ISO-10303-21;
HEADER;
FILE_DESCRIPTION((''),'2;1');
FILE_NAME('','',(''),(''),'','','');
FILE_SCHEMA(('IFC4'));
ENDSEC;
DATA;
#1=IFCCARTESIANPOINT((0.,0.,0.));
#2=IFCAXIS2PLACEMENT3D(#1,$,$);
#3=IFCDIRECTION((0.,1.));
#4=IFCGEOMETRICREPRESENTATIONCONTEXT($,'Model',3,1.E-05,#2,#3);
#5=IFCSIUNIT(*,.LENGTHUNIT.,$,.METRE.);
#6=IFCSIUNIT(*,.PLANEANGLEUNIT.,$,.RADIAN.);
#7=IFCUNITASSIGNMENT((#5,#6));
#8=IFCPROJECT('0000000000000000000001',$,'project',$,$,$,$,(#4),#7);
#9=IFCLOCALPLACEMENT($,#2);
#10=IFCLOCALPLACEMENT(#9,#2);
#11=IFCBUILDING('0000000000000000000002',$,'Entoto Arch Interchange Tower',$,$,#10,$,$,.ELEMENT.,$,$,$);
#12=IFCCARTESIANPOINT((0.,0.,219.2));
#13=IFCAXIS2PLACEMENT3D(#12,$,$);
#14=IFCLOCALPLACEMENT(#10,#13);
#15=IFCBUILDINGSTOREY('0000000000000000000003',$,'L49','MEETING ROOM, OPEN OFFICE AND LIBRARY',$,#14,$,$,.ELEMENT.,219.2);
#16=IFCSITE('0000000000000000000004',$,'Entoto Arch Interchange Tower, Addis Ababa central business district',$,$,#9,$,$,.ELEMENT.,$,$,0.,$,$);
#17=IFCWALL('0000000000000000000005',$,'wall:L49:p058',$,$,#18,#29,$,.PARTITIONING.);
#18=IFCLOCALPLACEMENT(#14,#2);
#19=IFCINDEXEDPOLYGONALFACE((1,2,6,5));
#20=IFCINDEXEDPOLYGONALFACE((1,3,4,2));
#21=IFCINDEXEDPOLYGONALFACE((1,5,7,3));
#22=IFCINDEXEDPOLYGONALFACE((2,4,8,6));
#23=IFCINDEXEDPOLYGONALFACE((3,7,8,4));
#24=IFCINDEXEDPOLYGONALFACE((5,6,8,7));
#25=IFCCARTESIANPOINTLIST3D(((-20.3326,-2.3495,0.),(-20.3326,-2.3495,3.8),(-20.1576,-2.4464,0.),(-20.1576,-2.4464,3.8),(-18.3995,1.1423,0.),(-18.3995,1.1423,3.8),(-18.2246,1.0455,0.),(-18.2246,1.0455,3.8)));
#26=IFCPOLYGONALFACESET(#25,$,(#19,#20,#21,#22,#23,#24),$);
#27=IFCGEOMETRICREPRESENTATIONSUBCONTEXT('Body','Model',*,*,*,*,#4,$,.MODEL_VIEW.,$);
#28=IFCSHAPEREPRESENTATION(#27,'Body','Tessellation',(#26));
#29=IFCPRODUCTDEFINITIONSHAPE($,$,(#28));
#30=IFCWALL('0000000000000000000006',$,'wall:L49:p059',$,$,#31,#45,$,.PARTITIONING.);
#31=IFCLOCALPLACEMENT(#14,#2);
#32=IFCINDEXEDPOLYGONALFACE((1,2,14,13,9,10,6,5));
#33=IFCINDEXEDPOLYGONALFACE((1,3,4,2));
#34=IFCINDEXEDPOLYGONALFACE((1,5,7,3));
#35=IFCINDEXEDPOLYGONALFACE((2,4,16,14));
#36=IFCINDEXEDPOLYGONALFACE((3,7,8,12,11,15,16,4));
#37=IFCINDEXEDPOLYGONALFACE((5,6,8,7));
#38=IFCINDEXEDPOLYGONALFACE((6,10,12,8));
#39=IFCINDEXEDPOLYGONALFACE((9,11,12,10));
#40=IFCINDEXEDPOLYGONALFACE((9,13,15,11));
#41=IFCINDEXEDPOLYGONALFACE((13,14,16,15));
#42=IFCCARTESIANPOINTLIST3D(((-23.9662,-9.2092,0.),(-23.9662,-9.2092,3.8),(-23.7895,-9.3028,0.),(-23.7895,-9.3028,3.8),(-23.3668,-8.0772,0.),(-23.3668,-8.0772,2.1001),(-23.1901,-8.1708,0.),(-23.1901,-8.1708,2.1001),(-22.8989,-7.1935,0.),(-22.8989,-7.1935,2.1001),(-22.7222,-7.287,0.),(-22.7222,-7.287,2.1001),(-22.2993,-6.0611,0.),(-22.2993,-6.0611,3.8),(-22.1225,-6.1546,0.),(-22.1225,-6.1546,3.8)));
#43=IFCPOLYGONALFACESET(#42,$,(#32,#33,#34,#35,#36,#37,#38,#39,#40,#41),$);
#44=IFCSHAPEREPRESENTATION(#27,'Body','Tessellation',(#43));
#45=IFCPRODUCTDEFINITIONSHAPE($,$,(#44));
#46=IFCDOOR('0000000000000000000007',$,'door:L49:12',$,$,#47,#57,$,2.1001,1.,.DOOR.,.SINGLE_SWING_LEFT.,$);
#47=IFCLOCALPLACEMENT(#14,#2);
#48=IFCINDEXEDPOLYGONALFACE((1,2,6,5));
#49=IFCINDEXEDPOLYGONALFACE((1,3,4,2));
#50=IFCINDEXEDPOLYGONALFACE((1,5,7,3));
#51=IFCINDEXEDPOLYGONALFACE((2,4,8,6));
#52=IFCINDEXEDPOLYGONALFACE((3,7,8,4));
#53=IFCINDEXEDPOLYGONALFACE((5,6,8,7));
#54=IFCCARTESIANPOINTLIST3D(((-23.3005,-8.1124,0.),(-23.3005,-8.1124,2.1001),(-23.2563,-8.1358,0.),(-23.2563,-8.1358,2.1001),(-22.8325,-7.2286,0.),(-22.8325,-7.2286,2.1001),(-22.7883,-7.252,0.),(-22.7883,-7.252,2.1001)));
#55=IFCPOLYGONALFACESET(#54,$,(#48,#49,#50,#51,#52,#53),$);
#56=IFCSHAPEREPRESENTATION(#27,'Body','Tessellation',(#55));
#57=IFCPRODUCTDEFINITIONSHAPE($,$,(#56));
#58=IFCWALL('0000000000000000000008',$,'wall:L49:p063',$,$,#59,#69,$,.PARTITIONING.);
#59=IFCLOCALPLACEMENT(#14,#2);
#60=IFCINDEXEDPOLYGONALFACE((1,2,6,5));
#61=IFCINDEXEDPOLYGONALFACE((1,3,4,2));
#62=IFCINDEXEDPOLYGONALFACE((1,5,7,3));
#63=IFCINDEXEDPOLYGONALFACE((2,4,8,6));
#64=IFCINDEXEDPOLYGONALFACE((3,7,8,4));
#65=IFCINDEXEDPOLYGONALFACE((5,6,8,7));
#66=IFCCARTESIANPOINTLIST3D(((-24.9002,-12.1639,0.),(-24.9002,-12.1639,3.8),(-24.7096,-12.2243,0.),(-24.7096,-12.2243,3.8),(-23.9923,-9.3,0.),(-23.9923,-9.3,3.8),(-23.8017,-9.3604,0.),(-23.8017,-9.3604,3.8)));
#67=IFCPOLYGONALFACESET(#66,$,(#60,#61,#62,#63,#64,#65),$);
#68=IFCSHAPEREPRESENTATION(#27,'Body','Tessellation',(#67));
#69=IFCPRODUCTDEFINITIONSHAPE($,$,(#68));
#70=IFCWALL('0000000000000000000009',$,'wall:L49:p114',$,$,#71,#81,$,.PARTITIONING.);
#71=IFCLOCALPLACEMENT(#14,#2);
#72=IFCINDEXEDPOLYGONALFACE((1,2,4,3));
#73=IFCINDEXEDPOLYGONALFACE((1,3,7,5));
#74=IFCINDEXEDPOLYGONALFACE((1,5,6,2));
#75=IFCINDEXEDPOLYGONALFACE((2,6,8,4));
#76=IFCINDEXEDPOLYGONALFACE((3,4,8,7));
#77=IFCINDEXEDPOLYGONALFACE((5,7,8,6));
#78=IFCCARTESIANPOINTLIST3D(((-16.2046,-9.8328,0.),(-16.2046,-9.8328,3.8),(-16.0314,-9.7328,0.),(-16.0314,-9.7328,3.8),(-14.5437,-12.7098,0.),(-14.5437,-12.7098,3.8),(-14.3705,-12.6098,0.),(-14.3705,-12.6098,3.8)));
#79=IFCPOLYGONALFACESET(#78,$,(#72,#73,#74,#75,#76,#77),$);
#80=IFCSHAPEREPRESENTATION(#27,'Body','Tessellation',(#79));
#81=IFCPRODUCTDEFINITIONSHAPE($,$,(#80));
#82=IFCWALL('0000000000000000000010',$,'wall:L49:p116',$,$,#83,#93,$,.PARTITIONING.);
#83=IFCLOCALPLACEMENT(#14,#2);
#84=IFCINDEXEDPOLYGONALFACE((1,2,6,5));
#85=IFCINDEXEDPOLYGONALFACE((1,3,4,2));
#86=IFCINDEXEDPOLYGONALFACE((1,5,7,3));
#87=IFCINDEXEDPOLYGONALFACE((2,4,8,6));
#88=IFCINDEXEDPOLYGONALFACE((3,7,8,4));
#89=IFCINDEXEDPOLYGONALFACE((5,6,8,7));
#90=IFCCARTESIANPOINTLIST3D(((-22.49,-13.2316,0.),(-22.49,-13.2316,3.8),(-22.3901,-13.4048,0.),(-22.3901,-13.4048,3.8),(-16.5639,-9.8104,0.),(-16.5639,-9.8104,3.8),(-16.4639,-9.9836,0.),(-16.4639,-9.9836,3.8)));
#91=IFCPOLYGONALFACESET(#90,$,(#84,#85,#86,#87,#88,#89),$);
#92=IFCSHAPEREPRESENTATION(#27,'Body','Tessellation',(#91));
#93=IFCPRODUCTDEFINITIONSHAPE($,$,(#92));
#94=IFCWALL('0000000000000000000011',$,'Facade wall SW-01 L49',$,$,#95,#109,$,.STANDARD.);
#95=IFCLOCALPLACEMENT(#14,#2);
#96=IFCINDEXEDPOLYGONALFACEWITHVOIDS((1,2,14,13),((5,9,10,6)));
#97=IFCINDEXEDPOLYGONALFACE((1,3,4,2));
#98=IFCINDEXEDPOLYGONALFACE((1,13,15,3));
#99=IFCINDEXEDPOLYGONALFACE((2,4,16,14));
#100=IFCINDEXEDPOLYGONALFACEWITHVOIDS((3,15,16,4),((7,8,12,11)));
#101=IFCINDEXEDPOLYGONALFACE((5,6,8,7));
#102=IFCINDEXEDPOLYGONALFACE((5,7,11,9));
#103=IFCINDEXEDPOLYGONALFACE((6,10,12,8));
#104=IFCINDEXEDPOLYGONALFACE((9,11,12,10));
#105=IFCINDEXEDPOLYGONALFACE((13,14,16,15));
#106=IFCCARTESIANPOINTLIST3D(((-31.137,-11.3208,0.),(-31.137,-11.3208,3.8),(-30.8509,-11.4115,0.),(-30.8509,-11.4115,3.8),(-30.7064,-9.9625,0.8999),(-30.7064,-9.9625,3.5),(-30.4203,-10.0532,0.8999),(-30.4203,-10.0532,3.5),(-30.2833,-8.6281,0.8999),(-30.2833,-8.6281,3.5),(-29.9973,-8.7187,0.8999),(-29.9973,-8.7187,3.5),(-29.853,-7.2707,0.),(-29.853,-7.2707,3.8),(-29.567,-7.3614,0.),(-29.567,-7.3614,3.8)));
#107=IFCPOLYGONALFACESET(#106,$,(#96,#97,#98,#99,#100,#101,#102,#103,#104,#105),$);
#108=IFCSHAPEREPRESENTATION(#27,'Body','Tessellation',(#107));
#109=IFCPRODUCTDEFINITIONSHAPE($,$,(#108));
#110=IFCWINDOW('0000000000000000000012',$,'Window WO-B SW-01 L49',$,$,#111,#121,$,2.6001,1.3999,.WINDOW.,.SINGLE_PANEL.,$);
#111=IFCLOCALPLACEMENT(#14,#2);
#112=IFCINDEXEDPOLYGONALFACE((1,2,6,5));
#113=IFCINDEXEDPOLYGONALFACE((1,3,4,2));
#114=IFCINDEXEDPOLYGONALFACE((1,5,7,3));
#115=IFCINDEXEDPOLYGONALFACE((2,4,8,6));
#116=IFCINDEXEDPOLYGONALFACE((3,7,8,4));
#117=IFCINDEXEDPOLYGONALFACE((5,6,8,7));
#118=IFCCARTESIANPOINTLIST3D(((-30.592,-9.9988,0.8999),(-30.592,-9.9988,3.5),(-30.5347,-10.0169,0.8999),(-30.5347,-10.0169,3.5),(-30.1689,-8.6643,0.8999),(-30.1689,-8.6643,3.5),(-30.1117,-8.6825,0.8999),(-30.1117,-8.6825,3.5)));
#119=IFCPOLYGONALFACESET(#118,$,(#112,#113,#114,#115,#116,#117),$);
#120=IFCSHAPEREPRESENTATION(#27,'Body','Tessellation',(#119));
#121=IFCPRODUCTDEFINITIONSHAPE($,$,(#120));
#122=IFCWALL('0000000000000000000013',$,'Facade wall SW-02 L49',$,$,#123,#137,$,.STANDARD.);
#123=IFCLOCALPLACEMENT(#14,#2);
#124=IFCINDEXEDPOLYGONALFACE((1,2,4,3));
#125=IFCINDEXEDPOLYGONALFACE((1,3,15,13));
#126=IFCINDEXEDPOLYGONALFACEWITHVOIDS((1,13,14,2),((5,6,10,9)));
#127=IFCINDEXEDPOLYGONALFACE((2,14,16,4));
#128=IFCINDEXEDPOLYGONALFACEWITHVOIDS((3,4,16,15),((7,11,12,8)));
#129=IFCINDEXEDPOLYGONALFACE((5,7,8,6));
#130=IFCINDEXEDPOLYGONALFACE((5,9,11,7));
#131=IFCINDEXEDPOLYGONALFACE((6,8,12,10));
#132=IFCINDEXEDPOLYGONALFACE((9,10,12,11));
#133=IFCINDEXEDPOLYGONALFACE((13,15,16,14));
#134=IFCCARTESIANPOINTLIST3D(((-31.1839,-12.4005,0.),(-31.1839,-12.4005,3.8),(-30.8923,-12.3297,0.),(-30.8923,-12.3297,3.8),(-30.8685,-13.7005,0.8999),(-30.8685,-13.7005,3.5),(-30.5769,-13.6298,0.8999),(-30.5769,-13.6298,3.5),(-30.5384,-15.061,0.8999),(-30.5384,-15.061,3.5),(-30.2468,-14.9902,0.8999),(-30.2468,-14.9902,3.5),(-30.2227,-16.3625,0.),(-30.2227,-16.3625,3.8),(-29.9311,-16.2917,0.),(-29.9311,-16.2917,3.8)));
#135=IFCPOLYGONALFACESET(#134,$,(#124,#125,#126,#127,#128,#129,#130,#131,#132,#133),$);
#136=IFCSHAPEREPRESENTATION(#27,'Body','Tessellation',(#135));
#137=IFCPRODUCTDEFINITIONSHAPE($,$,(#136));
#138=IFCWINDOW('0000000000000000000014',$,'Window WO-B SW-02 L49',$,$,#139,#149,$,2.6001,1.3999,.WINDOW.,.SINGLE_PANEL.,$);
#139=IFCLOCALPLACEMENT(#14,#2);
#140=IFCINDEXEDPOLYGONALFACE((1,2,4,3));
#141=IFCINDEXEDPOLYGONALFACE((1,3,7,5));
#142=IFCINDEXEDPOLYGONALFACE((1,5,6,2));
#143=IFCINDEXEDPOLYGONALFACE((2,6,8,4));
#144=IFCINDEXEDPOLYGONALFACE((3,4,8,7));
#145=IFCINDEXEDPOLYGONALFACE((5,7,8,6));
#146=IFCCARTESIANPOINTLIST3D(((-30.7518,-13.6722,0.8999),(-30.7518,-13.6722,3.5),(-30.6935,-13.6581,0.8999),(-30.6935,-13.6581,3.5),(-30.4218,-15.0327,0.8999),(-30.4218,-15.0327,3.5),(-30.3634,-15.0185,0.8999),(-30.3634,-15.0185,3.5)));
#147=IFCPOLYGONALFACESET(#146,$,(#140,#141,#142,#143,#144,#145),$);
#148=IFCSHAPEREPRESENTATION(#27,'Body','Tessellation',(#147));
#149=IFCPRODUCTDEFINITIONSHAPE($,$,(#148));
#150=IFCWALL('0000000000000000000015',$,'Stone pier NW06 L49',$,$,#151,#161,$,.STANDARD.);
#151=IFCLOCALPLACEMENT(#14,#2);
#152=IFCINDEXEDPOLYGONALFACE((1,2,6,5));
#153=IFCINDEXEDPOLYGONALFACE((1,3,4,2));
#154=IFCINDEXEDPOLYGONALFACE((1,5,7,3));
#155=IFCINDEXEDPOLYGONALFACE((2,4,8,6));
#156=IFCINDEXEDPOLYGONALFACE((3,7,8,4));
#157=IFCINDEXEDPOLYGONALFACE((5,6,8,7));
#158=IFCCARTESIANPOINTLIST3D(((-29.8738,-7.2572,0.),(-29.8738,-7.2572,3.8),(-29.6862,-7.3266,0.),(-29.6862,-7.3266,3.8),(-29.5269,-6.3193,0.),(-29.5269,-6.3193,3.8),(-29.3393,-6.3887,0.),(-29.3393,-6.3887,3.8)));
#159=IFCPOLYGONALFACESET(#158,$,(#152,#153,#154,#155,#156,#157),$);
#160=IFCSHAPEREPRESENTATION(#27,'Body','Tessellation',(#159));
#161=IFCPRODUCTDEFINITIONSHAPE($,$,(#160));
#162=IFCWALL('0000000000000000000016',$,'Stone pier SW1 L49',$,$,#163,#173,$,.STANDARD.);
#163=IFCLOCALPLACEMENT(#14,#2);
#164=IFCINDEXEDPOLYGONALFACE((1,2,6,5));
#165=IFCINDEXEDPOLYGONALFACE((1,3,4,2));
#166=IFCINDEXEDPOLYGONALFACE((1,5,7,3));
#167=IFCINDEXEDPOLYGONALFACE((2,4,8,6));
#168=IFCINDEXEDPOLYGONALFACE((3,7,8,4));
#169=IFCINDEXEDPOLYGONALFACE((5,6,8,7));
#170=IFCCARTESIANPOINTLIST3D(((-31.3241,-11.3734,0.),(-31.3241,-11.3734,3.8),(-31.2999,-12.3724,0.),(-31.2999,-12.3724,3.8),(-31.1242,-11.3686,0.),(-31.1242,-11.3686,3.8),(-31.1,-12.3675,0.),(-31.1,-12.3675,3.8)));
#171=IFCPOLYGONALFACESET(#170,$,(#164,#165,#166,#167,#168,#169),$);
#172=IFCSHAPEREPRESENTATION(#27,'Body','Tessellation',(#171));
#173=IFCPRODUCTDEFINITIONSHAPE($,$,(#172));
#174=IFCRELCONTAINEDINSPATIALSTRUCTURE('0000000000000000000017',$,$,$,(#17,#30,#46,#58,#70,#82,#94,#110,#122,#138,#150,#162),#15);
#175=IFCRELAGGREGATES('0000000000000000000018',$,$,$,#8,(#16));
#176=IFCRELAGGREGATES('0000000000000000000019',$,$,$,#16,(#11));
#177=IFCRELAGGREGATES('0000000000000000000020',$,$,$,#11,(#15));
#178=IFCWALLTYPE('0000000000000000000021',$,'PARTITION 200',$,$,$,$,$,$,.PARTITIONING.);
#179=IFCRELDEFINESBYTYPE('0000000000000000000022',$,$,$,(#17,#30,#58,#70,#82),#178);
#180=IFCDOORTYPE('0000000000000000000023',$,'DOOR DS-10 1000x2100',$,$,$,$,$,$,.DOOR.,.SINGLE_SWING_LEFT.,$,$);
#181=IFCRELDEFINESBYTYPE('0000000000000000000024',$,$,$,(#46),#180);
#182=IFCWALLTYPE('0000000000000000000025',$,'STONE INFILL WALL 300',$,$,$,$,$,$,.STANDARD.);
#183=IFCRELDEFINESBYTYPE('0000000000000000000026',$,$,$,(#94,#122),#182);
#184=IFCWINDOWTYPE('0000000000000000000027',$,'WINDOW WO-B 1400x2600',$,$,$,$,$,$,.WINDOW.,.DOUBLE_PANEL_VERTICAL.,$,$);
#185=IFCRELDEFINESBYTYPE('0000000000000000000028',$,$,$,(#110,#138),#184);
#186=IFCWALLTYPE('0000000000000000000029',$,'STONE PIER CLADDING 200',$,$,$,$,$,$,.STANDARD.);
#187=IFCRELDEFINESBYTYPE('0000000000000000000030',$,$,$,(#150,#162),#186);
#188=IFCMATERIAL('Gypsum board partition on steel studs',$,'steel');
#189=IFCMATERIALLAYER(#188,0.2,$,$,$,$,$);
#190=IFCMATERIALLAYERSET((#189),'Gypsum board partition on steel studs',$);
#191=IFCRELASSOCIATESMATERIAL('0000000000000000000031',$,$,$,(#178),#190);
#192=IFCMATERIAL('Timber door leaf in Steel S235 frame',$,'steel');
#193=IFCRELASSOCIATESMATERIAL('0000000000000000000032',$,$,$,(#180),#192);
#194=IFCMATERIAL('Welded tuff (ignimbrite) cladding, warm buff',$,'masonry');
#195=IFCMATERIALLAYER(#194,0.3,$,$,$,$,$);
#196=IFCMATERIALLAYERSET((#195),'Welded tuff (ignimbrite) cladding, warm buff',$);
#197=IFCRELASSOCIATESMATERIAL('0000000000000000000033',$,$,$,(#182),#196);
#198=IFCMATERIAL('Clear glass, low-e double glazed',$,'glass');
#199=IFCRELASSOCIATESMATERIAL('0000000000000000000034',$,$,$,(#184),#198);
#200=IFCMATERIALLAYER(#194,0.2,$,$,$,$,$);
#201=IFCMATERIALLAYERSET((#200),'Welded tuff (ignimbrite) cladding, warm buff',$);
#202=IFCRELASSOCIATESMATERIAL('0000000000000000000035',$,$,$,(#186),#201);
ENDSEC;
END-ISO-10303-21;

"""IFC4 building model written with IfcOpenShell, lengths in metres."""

from ifc_helpers import new_model, si_unit, direction, frame, frame_2d, origin, place, context, subcontext, project, spatial, rectangle, extrude, material, layer, layer_set, type_object, element, fill, save


model = new_model("IFC4")

# Units and contexts
model_context = context("Model", 3, precision=1e-05, world=origin(), true_north=direction((0.0, 1.0)))
body_context = subcontext(model_context, "Body", "Model", "MODEL_VIEW")
ifc_project = project(units=[si_unit("LENGTHUNIT", "METRE"), si_unit("PLANEANGLEUNIT", "RADIAN")], contexts=[model_context])

# Site, building, storey
site_placement = place(None, origin())
site = spatial("IfcSite", under=ifc_project, at=site_placement, Name="Entoto Arch Interchange Tower, Addis Ababa central business district", CompositionType="ELEMENT", RefElevation=0.0)
building_placement = place(site_placement, origin())
building = spatial("IfcBuilding", under=site, at=building_placement, Name="Entoto Arch Interchange Tower", CompositionType="ELEMENT")
storey_placement = place(building_placement, frame((0.0, 0.0, 219.2)))
storey = spatial("IfcBuildingStorey", under=building, at=storey_placement, Name="L49", Description="MEETING ROOM, OPEN OFFICE AND LIBRARY", CompositionType="ELEMENT", Elevation=219.2)

# Shared definitions
ifc_material_1 = material(Name="Gypsum board partition on steel studs", Category="steel")
ifc_layer_1 = layer(ifc_material_1, 0.2)
ifc_layer_set_1 = layer_set([ifc_layer_1], Name="Gypsum board partition on steel studs")
wall_type_1 = type_object("IfcWallType", Name="PARTITION 200", PredefinedType="PARTITIONING", material=ifc_layer_set_1)

# Shared definitions
ifc_material_2 = material(Name="Timber door leaf in Steel S235 frame", Category="steel")
door_type = type_object("IfcDoorType", Name="DOOR DS-10 1000x2100", OperationType="SINGLE_SWING_LEFT", PredefinedType="DOOR", material=ifc_material_2)

# Wall
wall_1_placement = place(storey_placement, frame((-20.2451, -2.3979, 0.0), z_axis=(0.0, 0.0, 1.0), x_axis=(0.484328, 0.874886, 0.0)))
element("IfcWall", 1, at=wall_1_placement, inside=storey, type_object=wall_type_1, Name="wall:L49:p058", PredefinedType="PARTITIONING", context=body_context, shape_type="SweptSolid", body=[
    extrude(rectangle(XDim=3.9912, YDim=0.2, at=frame_2d((1.9956, 0.0))), origin(), (0.0, 0.0, 1.0), 3.8),
])

# Wall, opening, door
wall_2_placement = place(storey_placement, frame((-23.8779, -9.2561, 0.0), z_axis=(0.0, 0.0, 1.0), x_axis=(0.467954, 0.883753, 0.0)))
wall_2 = element("IfcWall", 2, at=wall_2_placement, inside=storey, type_object=wall_type_1, Name="wall:L49:p059", PredefinedType="PARTITIONING", context=body_context, shape_type="SweptSolid", body=[
    extrude(rectangle(XDim=3.5623, YDim=0.2, at=frame_2d((1.7812, 0.0))), origin(), (0.0, 0.0, 1.0), 3.8),
])
opening_1_placement = place(wall_2_placement, frame((1.281, 0.0, 0.0)))
opening_1 = element("IfcOpeningElement", 3, at=opening_1_placement, cuts=wall_2, PredefinedType="OPENING", context=body_context, shape_type="SweptSolid", body=[
    extrude(rectangle(XDim=1.0, YDim=2.1001, at=frame_2d((0.5, 1.05))), frame((0.0, 0.1099, 0.0), z_axis=(0.0, -1.0, 0.0), x_axis=(1.0, 0.0, 0.0)), (0.0, 0.0, 1.0), 0.22),
])
door_1_placement = place(opening_1_placement, origin())
door_1 = element("IfcDoor", 4, at=door_1_placement, inside=storey, type_object=door_type, Name="door:L49:12", OperationType="SINGLE_SWING_LEFT", OverallHeight=2.1001, OverallWidth=1.0, PredefinedType="DOOR", context=body_context, shape_type="SweptSolid", body=[
    extrude(rectangle(XDim=1.0, YDim=2.1001, at=frame_2d((0.5, 1.05))), frame((0.0, 0.0249, 0.0), z_axis=(0.0, -1.0, 0.0), x_axis=(1.0, 0.0, 0.0)), (0.0, 0.0, 1.0), 0.05),
])
fill(opening_1, door_1)

# Walls
wall_3_placement = place(storey_placement, frame((-24.8049, -12.1941, 0.0), z_axis=(0.0, 0.0, 1.0), x_axis=(0.302201, 0.953244, 0.0)))
element("IfcWall", 5, at=wall_3_placement, inside=storey, type_object=wall_type_1, Name="wall:L49:p063", PredefinedType="PARTITIONING", context=body_context, shape_type="SweptSolid", body=[
    extrude(rectangle(XDim=3.0044, YDim=0.2, at=frame_2d((1.5022, 0.0))), origin(), (0.0, 0.0, 1.0), 3.8),
])
wall_4_placement = place(storey_placement, frame((-14.457, -12.6599, 0.0), z_axis=(0.0, 0.0, 1.0), x_axis=(-0.499973, 0.866041, 0.0)))
element("IfcWall", 6, at=wall_4_placement, inside=storey, type_object=wall_type_1, Name="wall:L49:p114", PredefinedType="PARTITIONING", context=body_context, shape_type="SweptSolid", body=[
    extrude(rectangle(XDim=3.322, YDim=0.2, at=frame_2d((1.6611, 0.0))), origin(), (0.0, 0.0, 1.0), 3.8),
])
wall_5_placement = place(storey_placement, frame((-16.5139, -9.897, 0.0), z_axis=(0.0, 0.0, 1.0), x_axis=(-0.866041, -0.499973, 0.0)))
element("IfcWall", 7, at=wall_5_placement, inside=storey, type_object=wall_type_1, Name="wall:L49:p116", PredefinedType="PARTITIONING", context=body_context, shape_type="SweptSolid", body=[
    extrude(rectangle(XDim=6.8428, YDim=0.2, at=frame_2d((3.4214, 0.0))), origin(), (0.0, 0.0, 1.0), 3.8),
])

# Walls, openings, windows
ifc_material_3 = material(Name="Welded tuff (ignimbrite) cladding, warm buff", Category="masonry")
ifc_layer_2 = layer(ifc_material_3, 0.3)
ifc_layer_set_2 = layer_set([ifc_layer_2], Name="Welded tuff (ignimbrite) cladding, warm buff")
wall_type_2 = type_object("IfcWallType", Name="STONE INFILL WALL 300", PredefinedType="STANDARD", material=ifc_layer_set_2)
wall_6_placement = place(storey_placement, frame((-29.71, -7.3159, 0.0), z_axis=(0.0, 0.0, 1.0), x_axis=(-0.302195, -0.953246, 0.0)))
wall_6 = element("IfcWall", 8, at=wall_6_placement, inside=storey, type_object=wall_type_2, Name="Facade wall SW-01 L49", PredefinedType="STANDARD", context=body_context, shape_type="SweptSolid", body=[
    extrude(rectangle(XDim=4.2488, YDim=0.3, at=frame_2d((2.1245, 0.0))), origin(), (0.0, 0.0, 1.0), 3.8),
])
opening_2_placement = place(wall_6_placement, frame((1.4241, 0.0, 0.8999)))
opening_2 = element("IfcOpeningElement", 9, at=opening_2_placement, cuts=wall_6, PredefinedType="OPENING", context=body_context, shape_type="SweptSolid", body=[
    extrude(rectangle(XDim=1.3999, YDim=2.6001, at=frame_2d((0.7, 1.3))), frame((0.0, 0.1602, 0.0), z_axis=(0.0, -1.0, 0.0), x_axis=(1.0, 0.0, 0.0)), (0.0, 0.0, 1.0), 0.3201),
])
ifc_material_4 = material(Name="Clear glass, low-e double glazed", Category="glass")
window_type = type_object("IfcWindowType", Name="WINDOW WO-B 1400x2600", PartitioningType="DOUBLE_PANEL_VERTICAL", PredefinedType="WINDOW", material=ifc_material_4)
window_1_placement = place(opening_2_placement, origin())
window_1 = element("IfcWindow", 10, at=window_1_placement, inside=storey, type_object=window_type, Name="Window WO-B SW-01 L49", OverallHeight=2.6001, OverallWidth=1.3999, PartitioningType="SINGLE_PANEL", PredefinedType="WINDOW", context=body_context, shape_type="SweptSolid", body=[
    extrude(rectangle(XDim=1.3999, YDim=2.6001, at=frame_2d((0.7, 1.3))), frame((0.0, 0.03, 0.0), z_axis=(0.0, -1.0, 0.0), x_axis=(1.0, 0.0, 0.0)), (0.0, 0.0, 1.0), 0.0601),
])
fill(opening_2, window_1)
wall_7_placement = place(storey_placement, frame((-31.0381, -12.365, 0.0), z_axis=(0.0, 0.0, 1.0), x_axis=(0.235766, -0.97181, 0.0)))
wall_7 = element("IfcWall", 11, at=wall_7_placement, inside=storey, type_object=wall_type_2, Name="Facade wall SW-02 L49", PredefinedType="STANDARD", context=body_context, shape_type="SweptSolid", body=[
    extrude(rectangle(XDim=4.0769, YDim=0.3, at=frame_2d((2.0386, 0.0))), origin(), (0.0, 0.0, 1.0), 3.8),
])
opening_3_placement = place(wall_7_placement, frame((1.3379, 0.0, 0.8999)))
opening_3 = element("IfcOpeningElement", 12, at=opening_3_placement, cuts=wall_7, PredefinedType="OPENING", context=body_context, shape_type="SweptSolid", body=[
    extrude(rectangle(XDim=1.3999, YDim=2.6001, at=frame_2d((0.7, 1.3))), frame((0.0, 0.1602, 0.0), z_axis=(0.0, -1.0, 0.0), x_axis=(1.0, 0.0, 0.0)), (0.0, 0.0, 1.0), 0.3201),
])
window_2_placement = place(opening_3_placement, origin())
window_2 = element("IfcWindow", 13, at=window_2_placement, inside=storey, type_object=window_type, Name="Window WO-B SW-02 L49", OverallHeight=2.6001, OverallWidth=1.3999, PartitioningType="SINGLE_PANEL", PredefinedType="WINDOW", context=body_context, shape_type="SweptSolid", body=[
    extrude(rectangle(XDim=1.3999, YDim=2.6001, at=frame_2d((0.7, 1.3))), frame((0.0, 0.03, 0.0), z_axis=(0.0, -1.0, 0.0), x_axis=(1.0, 0.0, 0.0)), (0.0, 0.0, 1.0), 0.0601),
])
fill(opening_3, window_2)

# Walls
ifc_layer_3 = layer(ifc_material_3, 0.2)
ifc_layer_set_3 = layer_set([ifc_layer_3], Name="Welded tuff (ignimbrite) cladding, warm buff")
wall_type_3 = type_object("IfcWallType", Name="STONE PIER CLADDING 200", PredefinedType="STANDARD", material=ifc_layer_set_3)
wall_8_placement = place(storey_placement, frame((-29.4331, -6.354, 0.0), z_axis=(0.0, 0.0, 1.0), x_axis=(-0.346893, -0.937905, 0.0)))
element("IfcWall", 14, at=wall_8_placement, inside=storey, type_object=wall_type_3, Name="Stone pier NW06 L49", PredefinedType="STANDARD", context=body_context, shape_type="SweptSolid", body=[
    extrude(rectangle(XDim=1.0, YDim=0.2, at=frame_2d((0.5, 0.0))), origin(), (0.0, 0.0, 1.0), 3.8),
])
wall_9_placement = place(storey_placement, frame((-31.2241, -11.3711, 0.0), z_axis=(0.0, 0.0, 1.0), x_axis=(0.024186, -0.999707, 0.0)))
element("IfcWall", 15, at=wall_9_placement, inside=storey, type_object=wall_type_3, Name="Stone pier SW1 L49", PredefinedType="STANDARD", context=body_context, shape_type="SweptSolid", body=[
    extrude(rectangle(XDim=0.9993, YDim=0.2, at=frame_2d((0.4995, 0.0))), origin(), (0.0, 0.0, 1.0), 3.8),
])

save(model, "model.ifc")
